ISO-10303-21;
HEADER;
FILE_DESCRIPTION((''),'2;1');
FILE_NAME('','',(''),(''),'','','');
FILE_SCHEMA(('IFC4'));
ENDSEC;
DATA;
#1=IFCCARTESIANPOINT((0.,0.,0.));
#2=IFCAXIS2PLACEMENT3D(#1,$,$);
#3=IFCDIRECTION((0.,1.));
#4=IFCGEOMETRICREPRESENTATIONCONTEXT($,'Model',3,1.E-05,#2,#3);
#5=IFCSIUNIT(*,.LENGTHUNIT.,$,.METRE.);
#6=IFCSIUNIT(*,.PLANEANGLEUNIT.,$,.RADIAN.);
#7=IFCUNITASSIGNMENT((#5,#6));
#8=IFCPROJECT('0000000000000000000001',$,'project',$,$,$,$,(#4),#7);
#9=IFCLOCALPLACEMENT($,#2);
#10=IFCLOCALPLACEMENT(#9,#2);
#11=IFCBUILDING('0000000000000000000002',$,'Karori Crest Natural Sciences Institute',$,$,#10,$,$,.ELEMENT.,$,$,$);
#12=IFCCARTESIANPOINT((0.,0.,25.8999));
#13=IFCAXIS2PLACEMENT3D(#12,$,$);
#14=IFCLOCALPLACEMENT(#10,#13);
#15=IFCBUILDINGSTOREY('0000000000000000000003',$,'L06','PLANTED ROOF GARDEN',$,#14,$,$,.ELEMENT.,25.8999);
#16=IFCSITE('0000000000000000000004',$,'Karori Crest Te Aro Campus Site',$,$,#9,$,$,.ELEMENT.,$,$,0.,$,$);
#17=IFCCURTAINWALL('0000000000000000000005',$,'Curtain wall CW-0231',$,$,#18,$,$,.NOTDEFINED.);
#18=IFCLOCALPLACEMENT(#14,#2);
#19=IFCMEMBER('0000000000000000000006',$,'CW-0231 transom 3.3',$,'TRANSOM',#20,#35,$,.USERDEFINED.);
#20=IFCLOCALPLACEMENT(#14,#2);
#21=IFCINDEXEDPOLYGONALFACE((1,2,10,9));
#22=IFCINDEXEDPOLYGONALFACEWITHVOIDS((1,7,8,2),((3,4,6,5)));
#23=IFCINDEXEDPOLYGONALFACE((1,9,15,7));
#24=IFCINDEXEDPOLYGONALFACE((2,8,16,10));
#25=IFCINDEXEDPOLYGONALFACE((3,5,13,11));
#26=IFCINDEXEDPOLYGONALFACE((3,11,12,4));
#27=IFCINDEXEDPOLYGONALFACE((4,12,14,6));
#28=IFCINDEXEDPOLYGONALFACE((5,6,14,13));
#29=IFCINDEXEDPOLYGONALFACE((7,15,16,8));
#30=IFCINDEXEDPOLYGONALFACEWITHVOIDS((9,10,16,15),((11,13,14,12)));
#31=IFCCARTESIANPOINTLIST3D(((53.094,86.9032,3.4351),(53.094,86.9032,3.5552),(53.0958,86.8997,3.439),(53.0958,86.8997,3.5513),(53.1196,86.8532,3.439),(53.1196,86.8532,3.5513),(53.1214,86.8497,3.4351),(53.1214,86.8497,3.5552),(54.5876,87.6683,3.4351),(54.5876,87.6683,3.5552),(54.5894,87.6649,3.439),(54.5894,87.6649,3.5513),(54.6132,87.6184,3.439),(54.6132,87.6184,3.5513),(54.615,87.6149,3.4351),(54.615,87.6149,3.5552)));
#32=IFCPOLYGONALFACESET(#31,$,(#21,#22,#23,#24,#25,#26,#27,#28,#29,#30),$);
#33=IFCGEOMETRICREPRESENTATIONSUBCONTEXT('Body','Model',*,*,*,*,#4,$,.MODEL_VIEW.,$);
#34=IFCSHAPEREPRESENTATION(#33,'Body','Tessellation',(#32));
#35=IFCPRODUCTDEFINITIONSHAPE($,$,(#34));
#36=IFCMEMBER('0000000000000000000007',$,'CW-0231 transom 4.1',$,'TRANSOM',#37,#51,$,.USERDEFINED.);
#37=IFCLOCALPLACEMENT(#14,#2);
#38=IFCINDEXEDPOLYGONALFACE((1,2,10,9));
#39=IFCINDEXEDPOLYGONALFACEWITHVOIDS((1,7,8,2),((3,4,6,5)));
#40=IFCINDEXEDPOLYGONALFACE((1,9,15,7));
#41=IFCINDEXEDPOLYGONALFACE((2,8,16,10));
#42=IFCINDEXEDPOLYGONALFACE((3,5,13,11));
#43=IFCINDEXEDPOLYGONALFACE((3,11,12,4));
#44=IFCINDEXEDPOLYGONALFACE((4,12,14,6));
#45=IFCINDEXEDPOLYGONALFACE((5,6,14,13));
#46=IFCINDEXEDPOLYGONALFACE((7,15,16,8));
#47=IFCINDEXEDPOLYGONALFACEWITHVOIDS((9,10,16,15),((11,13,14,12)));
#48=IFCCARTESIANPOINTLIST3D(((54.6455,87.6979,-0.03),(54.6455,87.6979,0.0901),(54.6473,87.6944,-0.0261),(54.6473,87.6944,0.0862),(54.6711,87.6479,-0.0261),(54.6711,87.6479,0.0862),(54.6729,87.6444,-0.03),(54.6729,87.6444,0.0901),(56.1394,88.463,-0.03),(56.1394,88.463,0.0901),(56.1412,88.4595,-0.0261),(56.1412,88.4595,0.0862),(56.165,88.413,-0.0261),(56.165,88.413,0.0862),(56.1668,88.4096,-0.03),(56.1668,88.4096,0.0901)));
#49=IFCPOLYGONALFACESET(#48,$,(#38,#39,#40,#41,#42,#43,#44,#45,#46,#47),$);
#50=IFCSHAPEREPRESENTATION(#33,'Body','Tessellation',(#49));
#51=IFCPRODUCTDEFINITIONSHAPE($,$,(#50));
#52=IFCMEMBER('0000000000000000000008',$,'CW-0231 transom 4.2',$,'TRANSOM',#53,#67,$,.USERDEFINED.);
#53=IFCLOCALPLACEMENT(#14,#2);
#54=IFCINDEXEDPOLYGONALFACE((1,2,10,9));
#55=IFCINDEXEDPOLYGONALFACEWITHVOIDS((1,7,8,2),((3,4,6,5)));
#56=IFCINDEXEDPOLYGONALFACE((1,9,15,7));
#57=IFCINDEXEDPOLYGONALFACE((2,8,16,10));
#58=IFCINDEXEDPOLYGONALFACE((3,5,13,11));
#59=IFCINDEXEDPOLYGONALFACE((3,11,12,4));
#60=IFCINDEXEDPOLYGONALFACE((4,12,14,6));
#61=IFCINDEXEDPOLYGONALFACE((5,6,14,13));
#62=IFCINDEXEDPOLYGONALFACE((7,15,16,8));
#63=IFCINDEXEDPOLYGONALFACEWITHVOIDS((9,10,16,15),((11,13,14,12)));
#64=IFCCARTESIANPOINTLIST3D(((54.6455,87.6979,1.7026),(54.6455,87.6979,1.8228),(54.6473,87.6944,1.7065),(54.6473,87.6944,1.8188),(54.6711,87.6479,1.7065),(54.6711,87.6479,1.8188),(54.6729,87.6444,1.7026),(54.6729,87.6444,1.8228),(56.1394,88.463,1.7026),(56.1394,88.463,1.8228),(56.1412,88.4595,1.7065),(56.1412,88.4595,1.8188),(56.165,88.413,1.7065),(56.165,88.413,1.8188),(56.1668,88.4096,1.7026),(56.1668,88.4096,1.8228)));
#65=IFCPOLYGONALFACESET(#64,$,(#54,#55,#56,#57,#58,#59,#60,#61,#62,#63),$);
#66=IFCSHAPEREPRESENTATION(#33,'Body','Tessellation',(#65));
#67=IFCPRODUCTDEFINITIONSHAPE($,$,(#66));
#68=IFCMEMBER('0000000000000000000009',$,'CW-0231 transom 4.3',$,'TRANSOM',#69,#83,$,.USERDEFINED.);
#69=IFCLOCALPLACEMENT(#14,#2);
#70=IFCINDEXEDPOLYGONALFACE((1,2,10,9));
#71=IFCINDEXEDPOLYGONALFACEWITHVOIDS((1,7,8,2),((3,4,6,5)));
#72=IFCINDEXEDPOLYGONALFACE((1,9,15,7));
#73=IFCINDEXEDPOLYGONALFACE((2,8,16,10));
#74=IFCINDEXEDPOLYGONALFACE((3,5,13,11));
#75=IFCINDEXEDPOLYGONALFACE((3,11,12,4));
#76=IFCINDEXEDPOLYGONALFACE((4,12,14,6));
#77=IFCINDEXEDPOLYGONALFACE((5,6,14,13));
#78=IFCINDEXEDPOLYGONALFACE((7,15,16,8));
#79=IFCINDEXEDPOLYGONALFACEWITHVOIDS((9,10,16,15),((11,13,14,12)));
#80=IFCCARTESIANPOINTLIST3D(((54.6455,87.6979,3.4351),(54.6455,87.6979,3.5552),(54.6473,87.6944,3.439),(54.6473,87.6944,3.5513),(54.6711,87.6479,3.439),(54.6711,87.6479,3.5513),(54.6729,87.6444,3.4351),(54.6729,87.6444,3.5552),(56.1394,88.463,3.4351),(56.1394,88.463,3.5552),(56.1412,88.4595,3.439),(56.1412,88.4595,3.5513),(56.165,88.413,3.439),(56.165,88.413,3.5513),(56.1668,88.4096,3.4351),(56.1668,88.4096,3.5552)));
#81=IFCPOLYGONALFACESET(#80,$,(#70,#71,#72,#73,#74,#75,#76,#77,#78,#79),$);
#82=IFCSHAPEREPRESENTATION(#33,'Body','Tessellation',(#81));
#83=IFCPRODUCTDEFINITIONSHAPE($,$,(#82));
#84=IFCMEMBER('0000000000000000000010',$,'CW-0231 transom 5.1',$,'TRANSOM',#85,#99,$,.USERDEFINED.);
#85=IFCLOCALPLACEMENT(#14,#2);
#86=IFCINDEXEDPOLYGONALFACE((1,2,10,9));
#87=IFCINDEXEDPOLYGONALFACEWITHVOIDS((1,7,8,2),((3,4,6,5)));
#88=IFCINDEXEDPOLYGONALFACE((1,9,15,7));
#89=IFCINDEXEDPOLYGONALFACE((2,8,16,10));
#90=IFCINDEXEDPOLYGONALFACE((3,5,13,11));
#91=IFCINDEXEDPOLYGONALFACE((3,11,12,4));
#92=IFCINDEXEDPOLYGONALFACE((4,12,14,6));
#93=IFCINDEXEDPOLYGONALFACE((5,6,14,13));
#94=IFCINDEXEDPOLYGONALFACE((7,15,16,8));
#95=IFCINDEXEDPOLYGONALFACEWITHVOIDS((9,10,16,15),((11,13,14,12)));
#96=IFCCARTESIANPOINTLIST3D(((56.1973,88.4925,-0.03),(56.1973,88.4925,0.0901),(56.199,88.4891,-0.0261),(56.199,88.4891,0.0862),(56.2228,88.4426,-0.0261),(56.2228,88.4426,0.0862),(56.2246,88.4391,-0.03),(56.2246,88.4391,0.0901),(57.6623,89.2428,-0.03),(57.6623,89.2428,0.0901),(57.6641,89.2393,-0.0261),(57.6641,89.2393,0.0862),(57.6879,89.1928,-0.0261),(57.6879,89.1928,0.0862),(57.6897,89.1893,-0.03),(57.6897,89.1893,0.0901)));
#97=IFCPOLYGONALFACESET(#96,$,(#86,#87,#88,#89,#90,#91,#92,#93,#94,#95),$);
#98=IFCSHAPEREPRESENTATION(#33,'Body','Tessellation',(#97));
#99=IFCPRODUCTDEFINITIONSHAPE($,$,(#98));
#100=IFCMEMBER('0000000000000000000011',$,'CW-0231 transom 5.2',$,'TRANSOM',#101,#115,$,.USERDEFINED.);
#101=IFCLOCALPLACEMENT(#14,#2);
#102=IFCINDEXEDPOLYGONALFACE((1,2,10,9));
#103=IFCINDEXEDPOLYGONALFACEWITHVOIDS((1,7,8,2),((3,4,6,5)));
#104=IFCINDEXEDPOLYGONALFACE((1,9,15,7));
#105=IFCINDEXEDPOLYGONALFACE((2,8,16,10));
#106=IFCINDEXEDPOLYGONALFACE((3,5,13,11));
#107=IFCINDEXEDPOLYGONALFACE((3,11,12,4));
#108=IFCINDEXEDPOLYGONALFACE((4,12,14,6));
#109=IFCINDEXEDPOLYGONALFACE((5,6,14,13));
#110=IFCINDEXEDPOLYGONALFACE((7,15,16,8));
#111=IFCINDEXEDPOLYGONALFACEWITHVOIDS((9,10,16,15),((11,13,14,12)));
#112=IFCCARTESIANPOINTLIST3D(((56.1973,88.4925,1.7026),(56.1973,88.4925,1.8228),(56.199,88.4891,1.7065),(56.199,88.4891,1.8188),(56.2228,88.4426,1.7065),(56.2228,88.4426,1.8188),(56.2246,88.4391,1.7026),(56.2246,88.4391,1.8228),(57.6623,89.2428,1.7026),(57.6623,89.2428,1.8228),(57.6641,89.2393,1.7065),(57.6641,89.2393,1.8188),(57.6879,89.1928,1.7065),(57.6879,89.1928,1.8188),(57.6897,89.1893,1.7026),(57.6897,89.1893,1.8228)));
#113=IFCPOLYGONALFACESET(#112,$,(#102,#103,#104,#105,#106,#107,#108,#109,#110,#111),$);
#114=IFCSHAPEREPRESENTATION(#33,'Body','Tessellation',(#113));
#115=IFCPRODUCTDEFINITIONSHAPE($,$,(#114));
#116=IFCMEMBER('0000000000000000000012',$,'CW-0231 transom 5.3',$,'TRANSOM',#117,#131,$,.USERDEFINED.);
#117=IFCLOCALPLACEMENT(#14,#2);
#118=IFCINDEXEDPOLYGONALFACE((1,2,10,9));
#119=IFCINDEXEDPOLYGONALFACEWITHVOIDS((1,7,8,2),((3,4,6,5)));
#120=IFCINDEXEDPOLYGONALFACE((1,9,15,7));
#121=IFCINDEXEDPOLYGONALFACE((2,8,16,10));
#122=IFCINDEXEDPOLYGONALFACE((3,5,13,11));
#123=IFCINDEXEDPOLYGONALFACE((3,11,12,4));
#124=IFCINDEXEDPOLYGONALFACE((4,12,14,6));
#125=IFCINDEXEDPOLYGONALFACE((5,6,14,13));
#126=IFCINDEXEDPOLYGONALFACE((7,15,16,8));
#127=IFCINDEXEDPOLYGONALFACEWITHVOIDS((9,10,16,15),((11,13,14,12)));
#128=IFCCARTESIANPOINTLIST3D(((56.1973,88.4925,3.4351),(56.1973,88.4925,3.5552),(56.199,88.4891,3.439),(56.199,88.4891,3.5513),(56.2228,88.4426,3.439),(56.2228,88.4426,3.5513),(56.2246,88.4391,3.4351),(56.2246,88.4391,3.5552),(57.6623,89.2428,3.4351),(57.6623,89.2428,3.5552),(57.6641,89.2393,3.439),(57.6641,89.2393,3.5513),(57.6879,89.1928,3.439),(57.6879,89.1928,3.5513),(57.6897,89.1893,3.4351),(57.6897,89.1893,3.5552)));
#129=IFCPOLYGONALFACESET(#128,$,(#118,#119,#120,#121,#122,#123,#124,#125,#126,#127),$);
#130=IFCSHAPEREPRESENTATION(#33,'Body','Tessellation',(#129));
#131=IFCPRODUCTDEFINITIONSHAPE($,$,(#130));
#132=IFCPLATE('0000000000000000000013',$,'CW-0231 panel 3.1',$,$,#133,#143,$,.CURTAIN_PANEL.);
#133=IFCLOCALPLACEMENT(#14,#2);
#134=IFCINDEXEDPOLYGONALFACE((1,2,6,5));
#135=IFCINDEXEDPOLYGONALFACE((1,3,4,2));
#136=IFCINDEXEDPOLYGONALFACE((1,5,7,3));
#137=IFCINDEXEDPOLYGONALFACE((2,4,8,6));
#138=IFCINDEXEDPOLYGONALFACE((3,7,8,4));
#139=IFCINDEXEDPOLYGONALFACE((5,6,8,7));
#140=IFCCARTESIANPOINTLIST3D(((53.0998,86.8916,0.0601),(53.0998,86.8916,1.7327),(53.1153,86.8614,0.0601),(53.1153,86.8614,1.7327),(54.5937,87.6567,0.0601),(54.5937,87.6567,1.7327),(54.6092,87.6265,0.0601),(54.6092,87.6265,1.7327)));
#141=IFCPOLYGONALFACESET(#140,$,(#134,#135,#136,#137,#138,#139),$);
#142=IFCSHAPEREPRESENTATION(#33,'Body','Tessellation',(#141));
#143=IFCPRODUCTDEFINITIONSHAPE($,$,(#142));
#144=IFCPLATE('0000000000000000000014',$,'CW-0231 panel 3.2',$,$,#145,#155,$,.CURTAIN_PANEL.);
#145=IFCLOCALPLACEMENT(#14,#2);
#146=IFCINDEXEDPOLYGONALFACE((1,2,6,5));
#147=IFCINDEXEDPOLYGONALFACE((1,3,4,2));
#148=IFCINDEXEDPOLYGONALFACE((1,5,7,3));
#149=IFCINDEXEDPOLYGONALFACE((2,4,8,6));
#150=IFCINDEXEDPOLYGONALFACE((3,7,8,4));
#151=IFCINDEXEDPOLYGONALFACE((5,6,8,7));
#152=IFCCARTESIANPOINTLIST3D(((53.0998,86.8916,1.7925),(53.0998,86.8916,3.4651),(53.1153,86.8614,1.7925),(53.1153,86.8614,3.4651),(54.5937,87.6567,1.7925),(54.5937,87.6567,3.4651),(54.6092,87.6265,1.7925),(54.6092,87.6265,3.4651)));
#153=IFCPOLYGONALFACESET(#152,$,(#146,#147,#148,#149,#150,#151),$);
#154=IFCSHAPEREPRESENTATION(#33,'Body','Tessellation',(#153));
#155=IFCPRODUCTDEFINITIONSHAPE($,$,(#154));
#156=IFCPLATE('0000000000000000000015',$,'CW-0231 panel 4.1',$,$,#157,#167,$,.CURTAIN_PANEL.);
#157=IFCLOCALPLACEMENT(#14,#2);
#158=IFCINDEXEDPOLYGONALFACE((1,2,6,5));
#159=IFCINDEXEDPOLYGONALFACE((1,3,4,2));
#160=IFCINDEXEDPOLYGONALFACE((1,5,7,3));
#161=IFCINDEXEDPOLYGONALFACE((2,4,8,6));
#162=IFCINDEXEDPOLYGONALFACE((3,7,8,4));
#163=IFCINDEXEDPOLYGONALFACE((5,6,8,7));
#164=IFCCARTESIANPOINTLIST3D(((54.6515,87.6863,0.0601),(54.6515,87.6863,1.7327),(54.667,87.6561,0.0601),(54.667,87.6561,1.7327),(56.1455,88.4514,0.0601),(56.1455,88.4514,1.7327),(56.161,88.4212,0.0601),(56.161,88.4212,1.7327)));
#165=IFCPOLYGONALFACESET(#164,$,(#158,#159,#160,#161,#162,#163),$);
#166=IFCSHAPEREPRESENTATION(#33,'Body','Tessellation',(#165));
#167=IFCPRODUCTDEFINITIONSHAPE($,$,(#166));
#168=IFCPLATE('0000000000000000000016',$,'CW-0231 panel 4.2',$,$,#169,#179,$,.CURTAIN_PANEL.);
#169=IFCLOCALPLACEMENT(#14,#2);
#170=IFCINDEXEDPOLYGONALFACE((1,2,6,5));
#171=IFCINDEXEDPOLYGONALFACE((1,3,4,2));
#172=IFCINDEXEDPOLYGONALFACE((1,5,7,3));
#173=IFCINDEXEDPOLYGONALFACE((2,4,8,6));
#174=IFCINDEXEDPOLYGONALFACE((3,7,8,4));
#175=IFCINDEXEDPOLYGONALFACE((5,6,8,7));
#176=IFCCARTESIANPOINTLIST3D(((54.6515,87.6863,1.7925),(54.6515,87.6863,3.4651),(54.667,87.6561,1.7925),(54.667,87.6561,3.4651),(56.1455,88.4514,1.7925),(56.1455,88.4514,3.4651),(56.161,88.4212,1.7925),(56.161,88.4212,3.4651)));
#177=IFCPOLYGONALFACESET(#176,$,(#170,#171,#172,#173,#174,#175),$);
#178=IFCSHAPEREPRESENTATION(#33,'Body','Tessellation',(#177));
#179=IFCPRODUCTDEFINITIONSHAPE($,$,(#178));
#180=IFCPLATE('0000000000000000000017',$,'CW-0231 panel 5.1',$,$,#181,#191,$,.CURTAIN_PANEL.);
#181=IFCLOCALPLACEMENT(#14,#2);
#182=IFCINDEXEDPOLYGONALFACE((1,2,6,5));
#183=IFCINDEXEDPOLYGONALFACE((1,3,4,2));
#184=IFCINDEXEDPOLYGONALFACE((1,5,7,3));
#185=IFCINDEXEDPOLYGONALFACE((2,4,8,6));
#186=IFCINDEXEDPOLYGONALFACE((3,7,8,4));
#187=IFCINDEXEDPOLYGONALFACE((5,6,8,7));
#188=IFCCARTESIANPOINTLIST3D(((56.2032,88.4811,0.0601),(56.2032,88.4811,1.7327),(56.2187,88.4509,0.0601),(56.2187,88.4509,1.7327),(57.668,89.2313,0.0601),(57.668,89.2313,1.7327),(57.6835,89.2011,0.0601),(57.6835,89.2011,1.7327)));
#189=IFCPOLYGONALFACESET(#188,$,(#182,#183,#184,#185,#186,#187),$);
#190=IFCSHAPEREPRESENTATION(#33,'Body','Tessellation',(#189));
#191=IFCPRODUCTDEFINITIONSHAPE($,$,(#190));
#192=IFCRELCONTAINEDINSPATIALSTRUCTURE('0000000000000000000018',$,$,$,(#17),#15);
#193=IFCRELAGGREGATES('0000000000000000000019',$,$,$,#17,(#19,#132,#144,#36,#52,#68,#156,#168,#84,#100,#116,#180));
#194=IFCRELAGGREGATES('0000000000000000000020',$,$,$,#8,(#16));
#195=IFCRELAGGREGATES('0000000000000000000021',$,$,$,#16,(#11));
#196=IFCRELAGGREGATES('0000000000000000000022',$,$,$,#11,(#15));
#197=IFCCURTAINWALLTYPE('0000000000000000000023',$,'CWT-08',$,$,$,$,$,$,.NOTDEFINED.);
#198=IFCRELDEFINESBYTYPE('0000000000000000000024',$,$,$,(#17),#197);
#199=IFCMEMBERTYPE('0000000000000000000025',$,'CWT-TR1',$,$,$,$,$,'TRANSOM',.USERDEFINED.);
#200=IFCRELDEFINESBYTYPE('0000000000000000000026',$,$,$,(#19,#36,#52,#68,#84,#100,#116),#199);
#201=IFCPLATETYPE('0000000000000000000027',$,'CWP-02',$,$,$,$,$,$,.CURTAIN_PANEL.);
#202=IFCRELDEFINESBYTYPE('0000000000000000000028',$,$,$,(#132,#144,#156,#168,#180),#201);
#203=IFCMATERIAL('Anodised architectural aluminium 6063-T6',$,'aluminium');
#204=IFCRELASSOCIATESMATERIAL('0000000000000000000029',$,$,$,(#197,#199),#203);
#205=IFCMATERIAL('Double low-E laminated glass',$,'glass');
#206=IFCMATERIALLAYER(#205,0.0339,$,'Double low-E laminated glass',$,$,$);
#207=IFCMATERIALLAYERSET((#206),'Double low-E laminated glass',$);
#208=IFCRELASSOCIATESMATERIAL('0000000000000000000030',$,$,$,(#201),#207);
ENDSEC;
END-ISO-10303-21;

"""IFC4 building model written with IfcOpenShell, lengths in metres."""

from ifc_helpers import new_model, si_unit, direction, frame, origin, origin_2d, place, context, subcontext, project, spatial, rectangle, hollow_rectangle, extrude, material, layer, layer_set, material_profile, profile_set, type_object, element, aggregate, save


model = new_model("IFC4")

# Units and contexts
model_context = context("Model", 3, precision=1e-05, world=origin(), true_north=direction((0.0, 1.0)))
body_context = subcontext(model_context, "Body", "Model", "MODEL_VIEW")
ifc_project = project(units=[si_unit("LENGTHUNIT", "METRE"), si_unit("PLANEANGLEUNIT", "RADIAN")], contexts=[model_context])

# Site, building, storey
site_placement = place(None, origin())
site = spatial("IfcSite", under=ifc_project, at=site_placement, Name="Karori Crest Te Aro Campus Site", CompositionType="ELEMENT", RefElevation=0.0)
building_placement = place(site_placement, origin())
building = spatial("IfcBuilding", under=site, at=building_placement, Name="Karori Crest Natural Sciences Institute", CompositionType="ELEMENT")
storey_placement = place(building_placement, frame((0.0, 0.0, 25.8999)))
storey = spatial("IfcBuildingStorey", under=building, at=storey_placement, Name="L06", Description="PLANTED ROOF GARDEN", CompositionType="ELEMENT", Elevation=25.8999)

# Curtain wall, members, plates
ifc_material_1 = material(Name="Anodised architectural aluminium 6063-T6", Category="aluminium")
curtain_wall_type = type_object("IfcCurtainWallType", Name="CWT-08", PredefinedType="NOTDEFINED", material=ifc_material_1)
curtain_wall_placement = place(storey_placement, origin())
curtain_wall = element("IfcCurtainWall", 1, at=curtain_wall_placement, inside=storey, type_object=curtain_wall_type, Name="Curtain wall CW-0231", PredefinedType="NOTDEFINED")
ifc_material_profile_1 = material_profile(ifc_material_1, hollow_rectangle(XDim=0.0601, YDim=0.1201, WallThickness=0.0039, at=origin_2d()), Name="CWT120x60x4")
ifc_profile_set_1 = profile_set([ifc_material_profile_1], Name="Anodised architectural aluminium 6063-T6")
member_type_1 = type_object("IfcMemberType", Name="CWT-TR1", ElementType="TRANSOM", PredefinedType="USERDEFINED", material=ifc_profile_set_1)
member_1_placement = place(storey_placement, frame((53.1077, 86.8765, 3.4951), z_axis=(0.89002, 0.455921, 0.0), x_axis=(-0.455921, 0.89002, 0.0)))
member_1 = element("IfcMember", 2, at=member_1_placement, type_object=member_type_1, Name="CW-0231 transom 3.3", ObjectType="TRANSOM", PredefinedType="USERDEFINED", context=body_context, shape_type="SweptSolid", body=[
    extrude(hollow_rectangle(XDim=0.0601, YDim=0.1201, WallThickness=0.0039, at=origin_2d()), origin(), (0.0, 0.0, 1.0), 1.6782),
])
member_2_placement = place(storey_placement, frame((54.6592, 87.6711, 0.03), z_axis=(0.890051, 0.455862, 0.0), x_axis=(-0.455862, 0.890051, 0.0)))
member_2 = element("IfcMember", 3, at=member_2_placement, type_object=member_type_1, Name="CW-0231 transom 4.1", ObjectType="TRANSOM", PredefinedType="USERDEFINED", context=body_context, shape_type="SweptSolid", body=[
    extrude(hollow_rectangle(XDim=0.0601, YDim=0.1201, WallThickness=0.0039, at=origin_2d()), origin(), (0.0, 0.0, 1.0), 1.6785),
])
member_3_placement = place(storey_placement, frame((54.6592, 87.6711, 1.7627), z_axis=(0.890051, 0.455862, 0.0), x_axis=(-0.455862, 0.890051, 0.0)))
member_3 = element("IfcMember", 4, at=member_3_placement, type_object=member_type_1, Name="CW-0231 transom 4.2", ObjectType="TRANSOM", PredefinedType="USERDEFINED", context=body_context, shape_type="SweptSolid", body=[
    extrude(hollow_rectangle(XDim=0.0601, YDim=0.1201, WallThickness=0.0039, at=origin_2d()), origin(), (0.0, 0.0, 1.0), 1.6785),
])
member_4_placement = place(storey_placement, frame((54.6592, 87.6711, 3.4951), z_axis=(0.890051, 0.455862, 0.0), x_axis=(-0.455862, 0.890051, 0.0)))
member_4 = element("IfcMember", 5, at=member_4_placement, type_object=member_type_1, Name="CW-0231 transom 4.3", ObjectType="TRANSOM", PredefinedType="USERDEFINED", context=body_context, shape_type="SweptSolid", body=[
    extrude(hollow_rectangle(XDim=0.0601, YDim=0.1201, WallThickness=0.0039, at=origin_2d()), origin(), (0.0, 0.0, 1.0), 1.6785),
])
member_5_placement = place(storey_placement, frame((56.2109, 88.4658, 0.03), z_axis=(0.890084, 0.455796, 0.0), x_axis=(-0.455796, 0.890084, 0.0)))
member_5 = element("IfcMember", 6, at=member_5_placement, type_object=member_type_1, Name="CW-0231 transom 5.1", ObjectType="TRANSOM", PredefinedType="USERDEFINED", context=body_context, shape_type="SweptSolid", body=[
    extrude(hollow_rectangle(XDim=0.0601, YDim=0.1201, WallThickness=0.0039, at=origin_2d()), origin(), (0.0, 0.0, 1.0), 1.646),
])
member_6_placement = place(storey_placement, frame((56.2109, 88.4658, 1.7627), z_axis=(0.890084, 0.455796, 0.0), x_axis=(-0.455796, 0.890084, 0.0)))
member_6 = element("IfcMember", 7, at=member_6_placement, type_object=member_type_1, Name="CW-0231 transom 5.2", ObjectType="TRANSOM", PredefinedType="USERDEFINED", context=body_context, shape_type="SweptSolid", body=[
    extrude(hollow_rectangle(XDim=0.0601, YDim=0.1201, WallThickness=0.0039, at=origin_2d()), origin(), (0.0, 0.0, 1.0), 1.646),
])
member_7_placement = place(storey_placement, frame((56.2109, 88.4658, 3.4951), z_axis=(0.890084, 0.455796, 0.0), x_axis=(-0.455796, 0.890084, 0.0)))
member_7 = element("IfcMember", 8, at=member_7_placement, type_object=member_type_1, Name="CW-0231 transom 5.3", ObjectType="TRANSOM", PredefinedType="USERDEFINED", context=body_context, shape_type="SweptSolid", body=[
    extrude(hollow_rectangle(XDim=0.0601, YDim=0.1201, WallThickness=0.0039, at=origin_2d()), origin(), (0.0, 0.0, 1.0), 1.646),
])
ifc_material_2 = material(Name="Double low-E laminated glass", Category="glass")
ifc_layer_1 = layer(ifc_material_2, 0.0339, Name="Double low-E laminated glass")
ifc_layer_set_1 = layer_set([ifc_layer_1], Name="Double low-E laminated glass")
plate_type = type_object("IfcPlateType", Name="CWP-02", PredefinedType="CURTAIN_PANEL", material=ifc_layer_set_1)
plate_1_placement = place(storey_placement, frame((53.8545, 87.259, 0.0601), z_axis=(0.0, 0.0, 1.0), x_axis=(0.890067, 0.455829, 0.0)))
plate_1 = element("IfcPlate", 9, at=plate_1_placement, type_object=plate_type, Name="CW-0231 panel 3.1", PredefinedType="CURTAIN_PANEL", context=body_context, shape_type="SweptSolid", body=[
    extrude(rectangle(XDim=1.6785, YDim=0.0339, at=origin_2d()), origin(), (0.0, 0.0, 1.0), 1.6726),
])
plate_2_placement = place(storey_placement, frame((53.8545, 87.259, 1.7925), z_axis=(0.0, 0.0, 1.0), x_axis=(0.890067, 0.455829, 0.0)))
plate_2 = element("IfcPlate", 10, at=plate_2_placement, type_object=plate_type, Name="CW-0231 panel 3.2", PredefinedType="CURTAIN_PANEL", context=body_context, shape_type="SweptSolid", body=[
    extrude(rectangle(XDim=1.6785, YDim=0.0339, at=origin_2d()), origin(), (0.0, 0.0, 1.0), 1.6726),
])
plate_3_placement = place(storey_placement, frame((55.4062, 88.0537, 0.0601), z_axis=(0.0, 0.0, 1.0), x_axis=(0.890067, 0.455829, 0.0)))
plate_3 = element("IfcPlate", 11, at=plate_3_placement, type_object=plate_type, Name="CW-0231 panel 4.1", PredefinedType="CURTAIN_PANEL", context=body_context, shape_type="SweptSolid", body=[
    extrude(rectangle(XDim=1.6785, YDim=0.0339, at=origin_2d()), origin(), (0.0, 0.0, 1.0), 1.6726),
])
plate_4_placement = place(storey_placement, frame((55.4062, 88.0537, 1.7925), z_axis=(0.0, 0.0, 1.0), x_axis=(0.890067, 0.455829, 0.0)))
plate_4 = element("IfcPlate", 12, at=plate_4_placement, type_object=plate_type, Name="CW-0231 panel 4.2", PredefinedType="CURTAIN_PANEL", context=body_context, shape_type="SweptSolid", body=[
    extrude(rectangle(XDim=1.6785, YDim=0.0339, at=origin_2d()), origin(), (0.0, 0.0, 1.0), 1.6726),
])
plate_5_placement = place(storey_placement, frame((56.9434, 88.8411, 0.0601), z_axis=(0.0, 0.0, 1.0), x_axis=(0.890067, 0.455829, 0.0)))
plate_5 = element("IfcPlate", 13, at=plate_5_placement, type_object=plate_type, Name="CW-0231 panel 5.1", PredefinedType="CURTAIN_PANEL", context=body_context, shape_type="SweptSolid", body=[
    extrude(rectangle(XDim=1.6458, YDim=0.0339, at=origin_2d()), origin(), (0.0, 0.0, 1.0), 1.6726),
])
aggregate(curtain_wall, [member_1, plate_1, plate_2, member_2, member_3, member_4, plate_3, plate_4, member_5, member_6, member_7, plate_5])

save(model, "model.ifc")
